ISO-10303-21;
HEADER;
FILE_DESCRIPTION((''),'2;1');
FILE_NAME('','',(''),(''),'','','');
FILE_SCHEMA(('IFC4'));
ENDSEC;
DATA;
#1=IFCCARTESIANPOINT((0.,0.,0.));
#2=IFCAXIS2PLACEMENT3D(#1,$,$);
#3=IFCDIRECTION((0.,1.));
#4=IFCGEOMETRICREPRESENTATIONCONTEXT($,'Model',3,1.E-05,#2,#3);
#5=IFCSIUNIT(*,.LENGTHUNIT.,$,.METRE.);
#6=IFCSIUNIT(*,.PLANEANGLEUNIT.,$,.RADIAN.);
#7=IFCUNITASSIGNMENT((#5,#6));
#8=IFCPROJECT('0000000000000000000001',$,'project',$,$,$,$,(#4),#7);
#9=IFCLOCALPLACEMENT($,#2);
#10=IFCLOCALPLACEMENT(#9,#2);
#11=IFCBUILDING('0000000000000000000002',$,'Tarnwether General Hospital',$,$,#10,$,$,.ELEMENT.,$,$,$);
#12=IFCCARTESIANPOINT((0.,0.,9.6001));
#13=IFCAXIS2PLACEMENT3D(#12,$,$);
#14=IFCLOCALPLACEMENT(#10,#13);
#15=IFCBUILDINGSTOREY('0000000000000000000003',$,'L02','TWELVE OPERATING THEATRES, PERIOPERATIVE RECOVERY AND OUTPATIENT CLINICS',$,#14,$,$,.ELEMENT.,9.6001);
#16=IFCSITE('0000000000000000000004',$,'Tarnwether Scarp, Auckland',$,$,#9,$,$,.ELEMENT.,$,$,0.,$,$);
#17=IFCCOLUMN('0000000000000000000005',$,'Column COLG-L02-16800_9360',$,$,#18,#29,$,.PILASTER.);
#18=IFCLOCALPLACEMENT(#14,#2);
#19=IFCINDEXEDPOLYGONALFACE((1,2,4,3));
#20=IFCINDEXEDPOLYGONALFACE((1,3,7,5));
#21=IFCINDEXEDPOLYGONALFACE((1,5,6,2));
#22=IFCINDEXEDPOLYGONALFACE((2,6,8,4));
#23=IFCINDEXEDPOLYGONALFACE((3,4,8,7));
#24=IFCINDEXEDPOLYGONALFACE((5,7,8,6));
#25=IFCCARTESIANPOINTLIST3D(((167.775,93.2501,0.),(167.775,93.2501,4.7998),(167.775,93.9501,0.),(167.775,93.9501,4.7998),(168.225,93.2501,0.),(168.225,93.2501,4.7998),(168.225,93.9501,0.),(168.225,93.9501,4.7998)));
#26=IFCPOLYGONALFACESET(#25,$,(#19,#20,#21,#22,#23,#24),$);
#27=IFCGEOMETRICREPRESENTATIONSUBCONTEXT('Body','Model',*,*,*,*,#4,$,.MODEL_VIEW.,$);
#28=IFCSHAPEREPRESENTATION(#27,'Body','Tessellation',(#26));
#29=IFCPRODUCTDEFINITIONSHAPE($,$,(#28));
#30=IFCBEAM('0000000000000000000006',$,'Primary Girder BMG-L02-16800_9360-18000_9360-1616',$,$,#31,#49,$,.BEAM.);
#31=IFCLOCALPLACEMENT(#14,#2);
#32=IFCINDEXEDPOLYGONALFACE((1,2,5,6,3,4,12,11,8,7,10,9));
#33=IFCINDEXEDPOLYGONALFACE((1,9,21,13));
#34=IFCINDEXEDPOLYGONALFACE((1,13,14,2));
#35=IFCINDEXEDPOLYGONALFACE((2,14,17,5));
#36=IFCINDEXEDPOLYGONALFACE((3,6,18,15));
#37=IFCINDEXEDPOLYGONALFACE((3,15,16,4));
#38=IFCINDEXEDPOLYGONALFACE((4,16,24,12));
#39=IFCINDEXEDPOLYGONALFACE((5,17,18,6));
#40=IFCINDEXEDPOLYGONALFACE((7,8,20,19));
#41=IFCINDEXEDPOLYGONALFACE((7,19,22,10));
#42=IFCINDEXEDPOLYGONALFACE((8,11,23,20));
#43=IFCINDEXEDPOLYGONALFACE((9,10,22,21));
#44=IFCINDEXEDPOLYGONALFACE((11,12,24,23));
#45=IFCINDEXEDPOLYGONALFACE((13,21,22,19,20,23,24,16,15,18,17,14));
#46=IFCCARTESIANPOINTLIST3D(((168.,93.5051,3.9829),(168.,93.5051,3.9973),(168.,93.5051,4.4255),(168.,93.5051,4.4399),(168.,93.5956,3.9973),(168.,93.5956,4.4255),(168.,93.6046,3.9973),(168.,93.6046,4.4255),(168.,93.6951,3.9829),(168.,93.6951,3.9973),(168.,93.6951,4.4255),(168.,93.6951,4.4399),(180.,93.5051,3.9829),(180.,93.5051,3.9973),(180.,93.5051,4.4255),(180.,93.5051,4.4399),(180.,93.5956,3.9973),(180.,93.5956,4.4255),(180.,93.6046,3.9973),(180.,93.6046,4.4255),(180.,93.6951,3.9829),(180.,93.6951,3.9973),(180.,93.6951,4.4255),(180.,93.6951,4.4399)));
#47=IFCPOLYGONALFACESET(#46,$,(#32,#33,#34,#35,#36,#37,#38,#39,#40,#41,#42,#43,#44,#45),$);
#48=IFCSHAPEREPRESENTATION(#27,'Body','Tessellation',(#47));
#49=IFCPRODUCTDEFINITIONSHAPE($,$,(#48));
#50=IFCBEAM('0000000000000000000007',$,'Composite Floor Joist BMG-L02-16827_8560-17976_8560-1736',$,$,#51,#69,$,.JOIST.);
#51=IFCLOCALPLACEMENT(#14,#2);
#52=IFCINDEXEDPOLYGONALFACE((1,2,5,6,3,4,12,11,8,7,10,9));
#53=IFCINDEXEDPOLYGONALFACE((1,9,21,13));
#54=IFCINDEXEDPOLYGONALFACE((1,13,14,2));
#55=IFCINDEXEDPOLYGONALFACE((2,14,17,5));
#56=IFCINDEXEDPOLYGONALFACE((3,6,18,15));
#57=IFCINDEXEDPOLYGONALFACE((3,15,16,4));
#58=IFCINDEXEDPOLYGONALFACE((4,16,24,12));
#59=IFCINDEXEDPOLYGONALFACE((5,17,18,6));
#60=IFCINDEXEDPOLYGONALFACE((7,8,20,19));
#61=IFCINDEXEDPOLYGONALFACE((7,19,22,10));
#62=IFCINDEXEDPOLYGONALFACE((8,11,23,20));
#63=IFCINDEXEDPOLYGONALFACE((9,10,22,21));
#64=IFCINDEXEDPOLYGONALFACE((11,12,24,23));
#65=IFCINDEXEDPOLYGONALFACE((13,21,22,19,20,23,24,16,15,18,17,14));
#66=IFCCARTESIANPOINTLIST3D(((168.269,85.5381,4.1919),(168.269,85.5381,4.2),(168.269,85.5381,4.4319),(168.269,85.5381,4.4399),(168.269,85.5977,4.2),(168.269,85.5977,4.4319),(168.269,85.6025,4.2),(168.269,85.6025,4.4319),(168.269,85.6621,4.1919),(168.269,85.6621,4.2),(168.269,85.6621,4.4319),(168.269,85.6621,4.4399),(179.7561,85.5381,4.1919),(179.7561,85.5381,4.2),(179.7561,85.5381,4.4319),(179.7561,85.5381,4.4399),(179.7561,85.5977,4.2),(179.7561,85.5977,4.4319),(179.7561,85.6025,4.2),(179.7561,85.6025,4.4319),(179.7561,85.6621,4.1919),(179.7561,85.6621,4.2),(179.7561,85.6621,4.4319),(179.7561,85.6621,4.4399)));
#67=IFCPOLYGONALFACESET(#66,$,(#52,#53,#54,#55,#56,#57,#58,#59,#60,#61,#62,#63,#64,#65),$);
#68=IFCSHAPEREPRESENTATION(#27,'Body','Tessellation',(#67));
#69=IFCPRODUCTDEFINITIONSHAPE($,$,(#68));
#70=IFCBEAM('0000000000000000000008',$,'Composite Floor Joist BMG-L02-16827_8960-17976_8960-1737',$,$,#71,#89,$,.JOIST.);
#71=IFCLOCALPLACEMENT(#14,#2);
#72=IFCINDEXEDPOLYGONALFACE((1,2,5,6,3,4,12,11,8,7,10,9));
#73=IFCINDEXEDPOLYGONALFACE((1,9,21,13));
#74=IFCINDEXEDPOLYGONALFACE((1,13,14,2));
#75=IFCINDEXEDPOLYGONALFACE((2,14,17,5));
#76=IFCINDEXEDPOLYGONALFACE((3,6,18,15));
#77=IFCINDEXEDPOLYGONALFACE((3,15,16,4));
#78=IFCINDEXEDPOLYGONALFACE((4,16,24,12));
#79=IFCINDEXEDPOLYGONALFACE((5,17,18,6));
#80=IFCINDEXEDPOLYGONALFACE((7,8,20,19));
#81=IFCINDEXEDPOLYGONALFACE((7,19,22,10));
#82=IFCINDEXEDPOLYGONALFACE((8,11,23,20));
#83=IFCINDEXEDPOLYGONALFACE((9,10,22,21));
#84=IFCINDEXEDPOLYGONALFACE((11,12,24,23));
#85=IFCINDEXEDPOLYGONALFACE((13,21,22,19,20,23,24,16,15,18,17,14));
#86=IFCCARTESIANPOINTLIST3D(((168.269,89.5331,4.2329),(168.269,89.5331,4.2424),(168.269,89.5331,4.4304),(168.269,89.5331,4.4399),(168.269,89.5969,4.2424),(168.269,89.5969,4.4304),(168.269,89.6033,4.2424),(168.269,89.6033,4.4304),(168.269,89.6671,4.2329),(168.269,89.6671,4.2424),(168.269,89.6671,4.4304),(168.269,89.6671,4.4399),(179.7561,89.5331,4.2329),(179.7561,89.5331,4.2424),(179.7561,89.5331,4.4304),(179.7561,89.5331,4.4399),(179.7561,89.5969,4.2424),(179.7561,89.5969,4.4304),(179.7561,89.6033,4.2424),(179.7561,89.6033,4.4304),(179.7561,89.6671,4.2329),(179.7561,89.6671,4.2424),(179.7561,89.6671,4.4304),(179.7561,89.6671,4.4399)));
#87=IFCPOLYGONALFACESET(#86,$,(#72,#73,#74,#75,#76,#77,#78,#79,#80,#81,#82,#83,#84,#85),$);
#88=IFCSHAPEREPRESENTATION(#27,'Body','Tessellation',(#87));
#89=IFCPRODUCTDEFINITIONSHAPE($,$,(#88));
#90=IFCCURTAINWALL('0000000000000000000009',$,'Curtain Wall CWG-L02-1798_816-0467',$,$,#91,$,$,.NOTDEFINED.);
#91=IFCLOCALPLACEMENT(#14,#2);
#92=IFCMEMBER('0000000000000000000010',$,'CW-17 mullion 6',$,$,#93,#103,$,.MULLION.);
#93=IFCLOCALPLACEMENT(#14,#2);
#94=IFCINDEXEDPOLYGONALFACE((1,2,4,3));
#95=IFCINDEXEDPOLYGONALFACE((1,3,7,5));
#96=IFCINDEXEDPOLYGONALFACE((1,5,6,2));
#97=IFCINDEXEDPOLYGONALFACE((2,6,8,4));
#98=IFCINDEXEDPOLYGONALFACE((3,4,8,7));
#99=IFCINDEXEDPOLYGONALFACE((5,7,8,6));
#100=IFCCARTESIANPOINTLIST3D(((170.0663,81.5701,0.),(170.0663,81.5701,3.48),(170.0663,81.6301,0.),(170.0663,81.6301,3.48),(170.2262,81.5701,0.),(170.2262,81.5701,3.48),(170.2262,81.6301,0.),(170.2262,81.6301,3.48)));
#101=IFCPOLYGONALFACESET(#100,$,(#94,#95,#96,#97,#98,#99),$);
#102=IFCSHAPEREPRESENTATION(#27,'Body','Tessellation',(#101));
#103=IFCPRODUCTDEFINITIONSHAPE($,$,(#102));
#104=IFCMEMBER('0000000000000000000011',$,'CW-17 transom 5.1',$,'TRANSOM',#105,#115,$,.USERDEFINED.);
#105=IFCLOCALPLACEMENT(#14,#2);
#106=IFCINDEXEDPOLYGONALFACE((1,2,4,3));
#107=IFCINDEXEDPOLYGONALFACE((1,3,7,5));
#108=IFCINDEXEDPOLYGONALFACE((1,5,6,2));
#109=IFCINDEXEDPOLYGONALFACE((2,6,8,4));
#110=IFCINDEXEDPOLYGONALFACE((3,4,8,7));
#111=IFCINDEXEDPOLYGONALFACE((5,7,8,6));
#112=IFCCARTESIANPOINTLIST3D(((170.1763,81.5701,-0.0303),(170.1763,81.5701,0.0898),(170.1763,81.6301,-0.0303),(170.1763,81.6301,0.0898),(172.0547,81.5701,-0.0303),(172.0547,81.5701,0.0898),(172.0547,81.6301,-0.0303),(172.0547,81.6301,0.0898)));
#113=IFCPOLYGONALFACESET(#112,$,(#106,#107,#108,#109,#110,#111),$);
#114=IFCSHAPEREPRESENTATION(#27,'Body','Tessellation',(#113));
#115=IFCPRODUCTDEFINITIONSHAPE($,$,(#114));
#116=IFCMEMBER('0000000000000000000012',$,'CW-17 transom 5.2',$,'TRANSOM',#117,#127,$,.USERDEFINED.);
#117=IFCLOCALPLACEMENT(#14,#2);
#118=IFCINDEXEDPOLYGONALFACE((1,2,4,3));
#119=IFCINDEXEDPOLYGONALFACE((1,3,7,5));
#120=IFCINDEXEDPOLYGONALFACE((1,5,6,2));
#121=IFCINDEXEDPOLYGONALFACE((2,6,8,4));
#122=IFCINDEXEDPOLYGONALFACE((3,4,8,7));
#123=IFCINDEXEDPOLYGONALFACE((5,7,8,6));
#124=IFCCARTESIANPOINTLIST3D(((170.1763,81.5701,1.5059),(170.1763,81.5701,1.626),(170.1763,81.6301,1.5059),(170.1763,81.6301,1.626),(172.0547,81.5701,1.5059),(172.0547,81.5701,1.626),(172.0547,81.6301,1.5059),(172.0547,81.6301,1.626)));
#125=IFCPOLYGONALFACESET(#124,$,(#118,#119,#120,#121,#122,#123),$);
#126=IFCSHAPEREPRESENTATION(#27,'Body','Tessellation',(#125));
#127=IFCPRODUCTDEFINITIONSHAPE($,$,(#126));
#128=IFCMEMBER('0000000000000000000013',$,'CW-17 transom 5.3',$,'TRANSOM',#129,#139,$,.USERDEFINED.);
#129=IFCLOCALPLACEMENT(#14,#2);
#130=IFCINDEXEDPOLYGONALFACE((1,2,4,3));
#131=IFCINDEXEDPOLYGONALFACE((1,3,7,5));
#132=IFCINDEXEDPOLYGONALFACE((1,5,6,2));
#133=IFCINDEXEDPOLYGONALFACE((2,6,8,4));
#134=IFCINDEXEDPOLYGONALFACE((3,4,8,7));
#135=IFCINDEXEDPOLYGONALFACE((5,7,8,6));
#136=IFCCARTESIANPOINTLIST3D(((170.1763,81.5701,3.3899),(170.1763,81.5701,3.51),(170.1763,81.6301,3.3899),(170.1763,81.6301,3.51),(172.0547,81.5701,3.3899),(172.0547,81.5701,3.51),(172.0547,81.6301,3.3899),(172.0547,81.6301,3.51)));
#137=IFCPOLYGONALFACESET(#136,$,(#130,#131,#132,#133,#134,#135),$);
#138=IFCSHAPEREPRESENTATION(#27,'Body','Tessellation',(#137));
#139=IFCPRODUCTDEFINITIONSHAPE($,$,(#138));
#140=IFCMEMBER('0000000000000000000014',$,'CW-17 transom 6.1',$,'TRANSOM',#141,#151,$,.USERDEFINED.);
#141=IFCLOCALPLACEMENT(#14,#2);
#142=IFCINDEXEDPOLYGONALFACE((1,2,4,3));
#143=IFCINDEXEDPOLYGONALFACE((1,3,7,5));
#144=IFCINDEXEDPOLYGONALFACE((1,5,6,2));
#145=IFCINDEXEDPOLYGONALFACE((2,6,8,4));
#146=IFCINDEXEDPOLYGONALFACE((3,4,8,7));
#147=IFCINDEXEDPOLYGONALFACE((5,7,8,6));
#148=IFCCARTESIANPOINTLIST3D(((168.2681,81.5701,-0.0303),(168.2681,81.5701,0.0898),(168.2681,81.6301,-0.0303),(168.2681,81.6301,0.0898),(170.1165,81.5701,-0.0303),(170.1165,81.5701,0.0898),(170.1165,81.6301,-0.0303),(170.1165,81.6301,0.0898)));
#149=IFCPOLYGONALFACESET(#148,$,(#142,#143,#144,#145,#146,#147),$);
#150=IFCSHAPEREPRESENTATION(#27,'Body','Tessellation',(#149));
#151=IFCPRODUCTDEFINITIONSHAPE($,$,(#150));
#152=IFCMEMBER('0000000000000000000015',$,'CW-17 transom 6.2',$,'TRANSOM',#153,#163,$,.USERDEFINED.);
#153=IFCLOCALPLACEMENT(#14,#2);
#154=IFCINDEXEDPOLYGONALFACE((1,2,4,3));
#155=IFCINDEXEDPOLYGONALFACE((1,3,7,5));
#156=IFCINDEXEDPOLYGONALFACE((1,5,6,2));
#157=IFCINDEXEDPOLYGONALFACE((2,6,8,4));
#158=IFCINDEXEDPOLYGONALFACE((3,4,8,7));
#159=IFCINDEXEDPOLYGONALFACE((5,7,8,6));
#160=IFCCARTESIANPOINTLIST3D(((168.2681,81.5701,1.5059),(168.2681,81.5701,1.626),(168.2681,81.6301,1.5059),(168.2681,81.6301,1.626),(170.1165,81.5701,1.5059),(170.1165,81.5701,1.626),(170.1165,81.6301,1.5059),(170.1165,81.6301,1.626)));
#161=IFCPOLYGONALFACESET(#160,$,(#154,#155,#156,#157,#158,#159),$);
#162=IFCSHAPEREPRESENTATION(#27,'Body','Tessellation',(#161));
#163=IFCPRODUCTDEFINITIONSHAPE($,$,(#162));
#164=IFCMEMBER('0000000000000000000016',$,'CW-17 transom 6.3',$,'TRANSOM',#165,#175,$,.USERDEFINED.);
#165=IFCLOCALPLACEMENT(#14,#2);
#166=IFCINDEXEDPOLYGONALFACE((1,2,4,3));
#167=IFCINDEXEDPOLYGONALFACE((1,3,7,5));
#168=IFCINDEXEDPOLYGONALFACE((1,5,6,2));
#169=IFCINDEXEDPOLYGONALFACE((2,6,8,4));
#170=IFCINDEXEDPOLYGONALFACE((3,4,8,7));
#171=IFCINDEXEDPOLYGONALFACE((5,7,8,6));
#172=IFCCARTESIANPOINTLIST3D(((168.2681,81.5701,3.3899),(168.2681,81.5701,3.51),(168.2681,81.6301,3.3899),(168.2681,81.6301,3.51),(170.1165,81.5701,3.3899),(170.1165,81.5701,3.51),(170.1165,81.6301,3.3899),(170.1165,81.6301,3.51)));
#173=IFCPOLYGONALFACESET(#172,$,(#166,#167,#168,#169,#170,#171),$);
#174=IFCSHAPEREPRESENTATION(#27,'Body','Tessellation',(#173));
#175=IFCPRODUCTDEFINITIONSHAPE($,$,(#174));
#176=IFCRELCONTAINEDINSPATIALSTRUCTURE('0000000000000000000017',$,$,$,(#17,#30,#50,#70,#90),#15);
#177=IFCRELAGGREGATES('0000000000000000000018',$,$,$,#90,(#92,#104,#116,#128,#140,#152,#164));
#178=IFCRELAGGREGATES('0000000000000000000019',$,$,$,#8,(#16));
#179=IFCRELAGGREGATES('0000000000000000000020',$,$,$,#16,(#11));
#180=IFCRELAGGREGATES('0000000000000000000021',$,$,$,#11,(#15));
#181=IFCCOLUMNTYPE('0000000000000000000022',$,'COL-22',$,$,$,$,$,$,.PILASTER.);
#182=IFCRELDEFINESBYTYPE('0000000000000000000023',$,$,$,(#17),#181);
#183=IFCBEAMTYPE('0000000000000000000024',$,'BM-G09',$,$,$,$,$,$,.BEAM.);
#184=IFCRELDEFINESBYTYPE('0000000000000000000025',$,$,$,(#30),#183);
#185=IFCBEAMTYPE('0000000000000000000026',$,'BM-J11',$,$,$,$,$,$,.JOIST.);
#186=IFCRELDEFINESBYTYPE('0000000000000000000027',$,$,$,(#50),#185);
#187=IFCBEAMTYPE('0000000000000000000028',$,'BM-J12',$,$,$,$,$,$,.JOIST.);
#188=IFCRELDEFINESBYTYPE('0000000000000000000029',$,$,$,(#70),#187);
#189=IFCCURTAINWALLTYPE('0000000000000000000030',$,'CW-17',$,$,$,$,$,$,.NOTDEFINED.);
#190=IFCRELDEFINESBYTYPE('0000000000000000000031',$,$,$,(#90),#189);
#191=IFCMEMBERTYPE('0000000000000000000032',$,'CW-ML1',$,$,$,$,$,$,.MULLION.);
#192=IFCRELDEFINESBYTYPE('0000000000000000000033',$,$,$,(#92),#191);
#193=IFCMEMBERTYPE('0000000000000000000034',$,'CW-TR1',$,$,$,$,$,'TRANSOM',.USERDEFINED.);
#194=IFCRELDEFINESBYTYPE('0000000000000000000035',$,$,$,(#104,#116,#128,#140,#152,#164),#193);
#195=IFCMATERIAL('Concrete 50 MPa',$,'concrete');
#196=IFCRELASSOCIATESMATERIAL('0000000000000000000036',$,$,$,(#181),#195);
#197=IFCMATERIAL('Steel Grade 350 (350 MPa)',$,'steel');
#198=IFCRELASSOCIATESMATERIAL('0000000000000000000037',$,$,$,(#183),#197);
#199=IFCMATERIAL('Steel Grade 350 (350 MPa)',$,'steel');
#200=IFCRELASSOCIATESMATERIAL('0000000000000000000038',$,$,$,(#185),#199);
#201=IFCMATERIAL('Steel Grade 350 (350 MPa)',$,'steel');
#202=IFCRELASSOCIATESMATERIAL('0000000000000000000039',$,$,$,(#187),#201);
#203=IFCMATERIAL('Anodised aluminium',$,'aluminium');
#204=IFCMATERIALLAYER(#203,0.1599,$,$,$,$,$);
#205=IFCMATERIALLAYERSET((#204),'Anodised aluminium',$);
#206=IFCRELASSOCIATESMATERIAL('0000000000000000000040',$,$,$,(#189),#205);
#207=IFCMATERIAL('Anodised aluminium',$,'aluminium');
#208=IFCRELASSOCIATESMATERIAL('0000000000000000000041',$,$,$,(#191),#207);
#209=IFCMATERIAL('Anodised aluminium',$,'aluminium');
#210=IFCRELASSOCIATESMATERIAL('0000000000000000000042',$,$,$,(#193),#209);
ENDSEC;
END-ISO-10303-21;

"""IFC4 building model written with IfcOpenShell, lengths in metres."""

from ifc_helpers import new_model, si_unit, direction, frame, origin, origin_2d, place, context, subcontext, project, spatial, rectangle, i_section, extrude, material, layer, layer_set, material_profile, profile_set, type_object, element, aggregate, save


model = new_model("IFC4")

# Units and contexts
model_context = context("Model", 3, precision=1e-05, world=origin(), true_north=direction((0.0, 1.0)))
body_context = subcontext(model_context, "Body", "Model", "MODEL_VIEW")
ifc_project = project(units=[si_unit("LENGTHUNIT", "METRE"), si_unit("PLANEANGLEUNIT", "RADIAN")], contexts=[model_context])

# Site, building, storey
site_placement = place(None, origin())
site = spatial("IfcSite", under=ifc_project, at=site_placement, Name="Tarnwether Scarp, Auckland", CompositionType="ELEMENT", RefElevation=0.0)
building_placement = place(site_placement, origin())
building = spatial("IfcBuilding", under=site, at=building_placement, Name="Tarnwether General Hospital", CompositionType="ELEMENT")
storey_placement = place(building_placement, frame((0.0, 0.0, 9.6001)))
storey = spatial("IfcBuildingStorey", under=building, at=storey_placement, Name="L02", Description="TWELVE OPERATING THEATRES, PERIOPERATIVE RECOVERY AND OUTPATIENT CLINICS", CompositionType="ELEMENT", Elevation=9.6001)

# Column
ifc_material_1 = material(Name="Concrete 50 MPa", Category="concrete")
ifc_material_profile_1 = material_profile(ifc_material_1, rectangle(XDim=0.45, YDim=0.7, at=origin_2d()), Name="RC-PIL-450x700")
ifc_profile_set_1 = profile_set([ifc_material_profile_1], Name="Concrete 50 MPa")
column_type = type_object("IfcColumnType", Name="COL-22", PredefinedType="PILASTER", material=ifc_profile_set_1)
column_placement = place(storey_placement, frame((168.0, 93.6001, 0.0), z_axis=(0.0, 0.0, 1.0), x_axis=(1.0, 0.0, 0.0)))
element("IfcColumn", 1, at=column_placement, inside=storey, type_object=column_type, Name="Column COLG-L02-16800_9360", PredefinedType="PILASTER", context=body_context, shape_type="SweptSolid", body=[
    extrude(rectangle(XDim=0.45, YDim=0.7, at=origin_2d()), origin(), (0.0, 0.0, 1.0), 4.7998),
])

# Beams
ifc_material_2 = material(Name="Steel Grade 350 (350 MPa)", Category="steel")
ifc_material_profile_2 = material_profile(ifc_material_2, i_section(OverallWidth=0.1899, OverallDepth=0.457, WebThickness=0.009, FlangeThickness=0.0144, at=origin_2d()), Name="460UB74.6")
ifc_profile_set_2 = profile_set([ifc_material_profile_2], Name="Steel Grade 350 (350 MPa)")
beam_type_1 = type_object("IfcBeamType", Name="BM-G09", PredefinedType="BEAM", material=ifc_profile_set_2)
beam_1_placement = place(storey_placement, frame((168.0, 93.6001, 4.2114), z_axis=(1.0, 0.0, 0.0), x_axis=(0.0, 1.0, 0.0)))
element("IfcBeam", 2, at=beam_1_placement, inside=storey, type_object=beam_type_1, Name="Primary Girder BMG-L02-16800_9360-18000_9360-1616", PredefinedType="BEAM", context=body_context, shape_type="SweptSolid", body=[
    extrude(i_section(OverallWidth=0.1899, OverallDepth=0.457, WebThickness=0.009, FlangeThickness=0.0144, at=origin_2d()), origin(), (0.0, 0.0, 1.0), 12.0),
])
ifc_material_3 = material(Name="Steel Grade 350 (350 MPa)", Category="steel")
ifc_material_profile_3 = material_profile(ifc_material_3, i_section(OverallWidth=0.124, OverallDepth=0.248, WebThickness=0.0049, FlangeThickness=0.0081, at=origin_2d()), Name="250UB25.7")
ifc_profile_set_3 = profile_set([ifc_material_profile_3], Name="Steel Grade 350 (350 MPa)")
beam_type_2 = type_object("IfcBeamType", Name="BM-J11", PredefinedType="JOIST", material=ifc_profile_set_3)
beam_2_placement = place(storey_placement, frame((168.269, 85.6001, 4.3159), z_axis=(1.0, 0.0, 0.0), x_axis=(0.0, 1.0, 0.0)))
element("IfcBeam", 3, at=beam_2_placement, inside=storey, type_object=beam_type_2, Name="Composite Floor Joist BMG-L02-16827_8560-17976_8560-1736", PredefinedType="JOIST", context=body_context, shape_type="SweptSolid", body=[
    extrude(i_section(OverallWidth=0.124, OverallDepth=0.248, WebThickness=0.0049, FlangeThickness=0.0081, at=origin_2d()), origin(), (0.0, 0.0, 1.0), 11.4871),
])
ifc_material_4 = material(Name="Steel Grade 350 (350 MPa)", Category="steel")
ifc_material_profile_4 = material_profile(ifc_material_4, i_section(OverallWidth=0.134, OverallDepth=0.207, WebThickness=0.0063, FlangeThickness=0.0095, at=origin_2d()), Name="200UB29.8")
ifc_profile_set_4 = profile_set([ifc_material_profile_4], Name="Steel Grade 350 (350 MPa)")
beam_type_3 = type_object("IfcBeamType", Name="BM-J12", PredefinedType="JOIST", material=ifc_profile_set_4)
beam_3_placement = place(storey_placement, frame((168.269, 89.6001, 4.3364), z_axis=(1.0, 0.0, 0.0), x_axis=(0.0, 1.0, 0.0)))
element("IfcBeam", 4, at=beam_3_placement, inside=storey, type_object=beam_type_3, Name="Composite Floor Joist BMG-L02-16827_8960-17976_8960-1737", PredefinedType="JOIST", context=body_context, shape_type="SweptSolid", body=[
    extrude(i_section(OverallWidth=0.134, OverallDepth=0.207, WebThickness=0.0063, FlangeThickness=0.0095, at=origin_2d()), origin(), (0.0, 0.0, 1.0), 11.4871),
])

# Curtain wall, members
ifc_material_5 = material(Name="Anodised aluminium", Category="aluminium")
ifc_layer_1 = layer(ifc_material_5, 0.1599)
ifc_layer_set_1 = layer_set([ifc_layer_1], Name="Anodised aluminium")
curtain_wall_type = type_object("IfcCurtainWallType", Name="CW-17", PredefinedType="NOTDEFINED", material=ifc_layer_set_1)
curtain_wall_placement = place(storey_placement, origin())
curtain_wall = element("IfcCurtainWall", 5, at=curtain_wall_placement, inside=storey, type_object=curtain_wall_type, Name="Curtain Wall CWG-L02-1798_816-0467", PredefinedType="NOTDEFINED")
ifc_material_6 = material(Name="Anodised aluminium", Category="aluminium")
ifc_material_profile_5 = material_profile(ifc_material_6, rectangle(XDim=0.0601, YDim=0.1599, at=origin_2d()), Name="ALU-MUL-60x160")
ifc_profile_set_5 = profile_set([ifc_material_profile_5], Name="Anodised aluminium")
member_type_1 = type_object("IfcMemberType", Name="CW-ML1", PredefinedType="MULLION", material=ifc_profile_set_5)
member_1_placement = place(storey_placement, frame((170.1462, 81.6001, 0.0), z_axis=(0.0, 0.0, 1.0), x_axis=(0.0, -1.0, 0.0)))
member_1 = element("IfcMember", 6, at=member_1_placement, type_object=member_type_1, Name="CW-17 mullion 6", PredefinedType="MULLION", context=body_context, shape_type="SweptSolid", body=[
    extrude(rectangle(XDim=0.0601, YDim=0.1599, at=origin_2d()), origin(), (0.0, 0.0, 1.0), 3.48),
])
ifc_material_7 = material(Name="Anodised aluminium", Category="aluminium")
ifc_material_profile_6 = material_profile(ifc_material_7, rectangle(XDim=0.0601, YDim=0.1201, at=origin_2d()), Name="ALU-TRN-60x120")
ifc_profile_set_6 = profile_set([ifc_material_profile_6], Name="Anodised aluminium")
member_type_2 = type_object("IfcMemberType", Name="CW-TR1", ElementType="TRANSOM", PredefinedType="USERDEFINED", material=ifc_profile_set_6)
member_2_placement = place(storey_placement, frame((172.0547, 81.6001, 0.0298), z_axis=(-1.0, 0.0, 0.0), x_axis=(0.0, -1.0, 0.0)))
member_2 = element("IfcMember", 7, at=member_2_placement, type_object=member_type_2, Name="CW-17 transom 5.1", ObjectType="TRANSOM", PredefinedType="USERDEFINED", context=body_context, shape_type="SweptSolid", body=[
    extrude(rectangle(XDim=0.0601, YDim=0.1201, at=origin_2d()), origin(), (0.0, 0.0, 1.0), 1.8784),
])
member_3_placement = place(storey_placement, frame((172.0547, 81.6001, 1.5659), z_axis=(-1.0, 0.0, 0.0), x_axis=(0.0, -1.0, 0.0)))
member_3 = element("IfcMember", 8, at=member_3_placement, type_object=member_type_2, Name="CW-17 transom 5.2", ObjectType="TRANSOM", PredefinedType="USERDEFINED", context=body_context, shape_type="SweptSolid", body=[
    extrude(rectangle(XDim=0.0601, YDim=0.1201, at=origin_2d()), origin(), (0.0, 0.0, 1.0), 1.8784),
])
member_4_placement = place(storey_placement, frame((172.0547, 81.6001, 3.45), z_axis=(-1.0, 0.0, 0.0), x_axis=(0.0, -1.0, 0.0)))
member_4 = element("IfcMember", 9, at=member_4_placement, type_object=member_type_2, Name="CW-17 transom 5.3", ObjectType="TRANSOM", PredefinedType="USERDEFINED", context=body_context, shape_type="SweptSolid", body=[
    extrude(rectangle(XDim=0.0601, YDim=0.1201, at=origin_2d()), origin(), (0.0, 0.0, 1.0), 1.8784),
])
member_5_placement = place(storey_placement, frame((170.1165, 81.6001, 0.0298), z_axis=(-1.0, 0.0, 0.0), x_axis=(0.0, -1.0, 0.0)))
member_5 = element("IfcMember", 10, at=member_5_placement, type_object=member_type_2, Name="CW-17 transom 6.1", ObjectType="TRANSOM", PredefinedType="USERDEFINED", context=body_context, shape_type="SweptSolid", body=[
    extrude(rectangle(XDim=0.0601, YDim=0.1201, at=origin_2d()), origin(), (0.0, 0.0, 1.0), 1.8484),
])
member_6_placement = place(storey_placement, frame((170.1165, 81.6001, 1.5659), z_axis=(-1.0, 0.0, 0.0), x_axis=(0.0, -1.0, 0.0)))
member_6 = element("IfcMember", 11, at=member_6_placement, type_object=member_type_2, Name="CW-17 transom 6.2", ObjectType="TRANSOM", PredefinedType="USERDEFINED", context=body_context, shape_type="SweptSolid", body=[
    extrude(rectangle(XDim=0.0601, YDim=0.1201, at=origin_2d()), origin(), (0.0, 0.0, 1.0), 1.8484),
])
member_7_placement = place(storey_placement, frame((170.1165, 81.6001, 3.45), z_axis=(-1.0, 0.0, 0.0), x_axis=(0.0, -1.0, 0.0)))
member_7 = element("IfcMember", 12, at=member_7_placement, type_object=member_type_2, Name="CW-17 transom 6.3", ObjectType="TRANSOM", PredefinedType="USERDEFINED", context=body_context, shape_type="SweptSolid", body=[
    extrude(rectangle(XDim=0.0601, YDim=0.1201, at=origin_2d()), origin(), (0.0, 0.0, 1.0), 1.8484),
])
aggregate(curtain_wall, [member_1, member_2, member_3, member_4, member_5, member_6, member_7])

save(model, "model.ifc")
